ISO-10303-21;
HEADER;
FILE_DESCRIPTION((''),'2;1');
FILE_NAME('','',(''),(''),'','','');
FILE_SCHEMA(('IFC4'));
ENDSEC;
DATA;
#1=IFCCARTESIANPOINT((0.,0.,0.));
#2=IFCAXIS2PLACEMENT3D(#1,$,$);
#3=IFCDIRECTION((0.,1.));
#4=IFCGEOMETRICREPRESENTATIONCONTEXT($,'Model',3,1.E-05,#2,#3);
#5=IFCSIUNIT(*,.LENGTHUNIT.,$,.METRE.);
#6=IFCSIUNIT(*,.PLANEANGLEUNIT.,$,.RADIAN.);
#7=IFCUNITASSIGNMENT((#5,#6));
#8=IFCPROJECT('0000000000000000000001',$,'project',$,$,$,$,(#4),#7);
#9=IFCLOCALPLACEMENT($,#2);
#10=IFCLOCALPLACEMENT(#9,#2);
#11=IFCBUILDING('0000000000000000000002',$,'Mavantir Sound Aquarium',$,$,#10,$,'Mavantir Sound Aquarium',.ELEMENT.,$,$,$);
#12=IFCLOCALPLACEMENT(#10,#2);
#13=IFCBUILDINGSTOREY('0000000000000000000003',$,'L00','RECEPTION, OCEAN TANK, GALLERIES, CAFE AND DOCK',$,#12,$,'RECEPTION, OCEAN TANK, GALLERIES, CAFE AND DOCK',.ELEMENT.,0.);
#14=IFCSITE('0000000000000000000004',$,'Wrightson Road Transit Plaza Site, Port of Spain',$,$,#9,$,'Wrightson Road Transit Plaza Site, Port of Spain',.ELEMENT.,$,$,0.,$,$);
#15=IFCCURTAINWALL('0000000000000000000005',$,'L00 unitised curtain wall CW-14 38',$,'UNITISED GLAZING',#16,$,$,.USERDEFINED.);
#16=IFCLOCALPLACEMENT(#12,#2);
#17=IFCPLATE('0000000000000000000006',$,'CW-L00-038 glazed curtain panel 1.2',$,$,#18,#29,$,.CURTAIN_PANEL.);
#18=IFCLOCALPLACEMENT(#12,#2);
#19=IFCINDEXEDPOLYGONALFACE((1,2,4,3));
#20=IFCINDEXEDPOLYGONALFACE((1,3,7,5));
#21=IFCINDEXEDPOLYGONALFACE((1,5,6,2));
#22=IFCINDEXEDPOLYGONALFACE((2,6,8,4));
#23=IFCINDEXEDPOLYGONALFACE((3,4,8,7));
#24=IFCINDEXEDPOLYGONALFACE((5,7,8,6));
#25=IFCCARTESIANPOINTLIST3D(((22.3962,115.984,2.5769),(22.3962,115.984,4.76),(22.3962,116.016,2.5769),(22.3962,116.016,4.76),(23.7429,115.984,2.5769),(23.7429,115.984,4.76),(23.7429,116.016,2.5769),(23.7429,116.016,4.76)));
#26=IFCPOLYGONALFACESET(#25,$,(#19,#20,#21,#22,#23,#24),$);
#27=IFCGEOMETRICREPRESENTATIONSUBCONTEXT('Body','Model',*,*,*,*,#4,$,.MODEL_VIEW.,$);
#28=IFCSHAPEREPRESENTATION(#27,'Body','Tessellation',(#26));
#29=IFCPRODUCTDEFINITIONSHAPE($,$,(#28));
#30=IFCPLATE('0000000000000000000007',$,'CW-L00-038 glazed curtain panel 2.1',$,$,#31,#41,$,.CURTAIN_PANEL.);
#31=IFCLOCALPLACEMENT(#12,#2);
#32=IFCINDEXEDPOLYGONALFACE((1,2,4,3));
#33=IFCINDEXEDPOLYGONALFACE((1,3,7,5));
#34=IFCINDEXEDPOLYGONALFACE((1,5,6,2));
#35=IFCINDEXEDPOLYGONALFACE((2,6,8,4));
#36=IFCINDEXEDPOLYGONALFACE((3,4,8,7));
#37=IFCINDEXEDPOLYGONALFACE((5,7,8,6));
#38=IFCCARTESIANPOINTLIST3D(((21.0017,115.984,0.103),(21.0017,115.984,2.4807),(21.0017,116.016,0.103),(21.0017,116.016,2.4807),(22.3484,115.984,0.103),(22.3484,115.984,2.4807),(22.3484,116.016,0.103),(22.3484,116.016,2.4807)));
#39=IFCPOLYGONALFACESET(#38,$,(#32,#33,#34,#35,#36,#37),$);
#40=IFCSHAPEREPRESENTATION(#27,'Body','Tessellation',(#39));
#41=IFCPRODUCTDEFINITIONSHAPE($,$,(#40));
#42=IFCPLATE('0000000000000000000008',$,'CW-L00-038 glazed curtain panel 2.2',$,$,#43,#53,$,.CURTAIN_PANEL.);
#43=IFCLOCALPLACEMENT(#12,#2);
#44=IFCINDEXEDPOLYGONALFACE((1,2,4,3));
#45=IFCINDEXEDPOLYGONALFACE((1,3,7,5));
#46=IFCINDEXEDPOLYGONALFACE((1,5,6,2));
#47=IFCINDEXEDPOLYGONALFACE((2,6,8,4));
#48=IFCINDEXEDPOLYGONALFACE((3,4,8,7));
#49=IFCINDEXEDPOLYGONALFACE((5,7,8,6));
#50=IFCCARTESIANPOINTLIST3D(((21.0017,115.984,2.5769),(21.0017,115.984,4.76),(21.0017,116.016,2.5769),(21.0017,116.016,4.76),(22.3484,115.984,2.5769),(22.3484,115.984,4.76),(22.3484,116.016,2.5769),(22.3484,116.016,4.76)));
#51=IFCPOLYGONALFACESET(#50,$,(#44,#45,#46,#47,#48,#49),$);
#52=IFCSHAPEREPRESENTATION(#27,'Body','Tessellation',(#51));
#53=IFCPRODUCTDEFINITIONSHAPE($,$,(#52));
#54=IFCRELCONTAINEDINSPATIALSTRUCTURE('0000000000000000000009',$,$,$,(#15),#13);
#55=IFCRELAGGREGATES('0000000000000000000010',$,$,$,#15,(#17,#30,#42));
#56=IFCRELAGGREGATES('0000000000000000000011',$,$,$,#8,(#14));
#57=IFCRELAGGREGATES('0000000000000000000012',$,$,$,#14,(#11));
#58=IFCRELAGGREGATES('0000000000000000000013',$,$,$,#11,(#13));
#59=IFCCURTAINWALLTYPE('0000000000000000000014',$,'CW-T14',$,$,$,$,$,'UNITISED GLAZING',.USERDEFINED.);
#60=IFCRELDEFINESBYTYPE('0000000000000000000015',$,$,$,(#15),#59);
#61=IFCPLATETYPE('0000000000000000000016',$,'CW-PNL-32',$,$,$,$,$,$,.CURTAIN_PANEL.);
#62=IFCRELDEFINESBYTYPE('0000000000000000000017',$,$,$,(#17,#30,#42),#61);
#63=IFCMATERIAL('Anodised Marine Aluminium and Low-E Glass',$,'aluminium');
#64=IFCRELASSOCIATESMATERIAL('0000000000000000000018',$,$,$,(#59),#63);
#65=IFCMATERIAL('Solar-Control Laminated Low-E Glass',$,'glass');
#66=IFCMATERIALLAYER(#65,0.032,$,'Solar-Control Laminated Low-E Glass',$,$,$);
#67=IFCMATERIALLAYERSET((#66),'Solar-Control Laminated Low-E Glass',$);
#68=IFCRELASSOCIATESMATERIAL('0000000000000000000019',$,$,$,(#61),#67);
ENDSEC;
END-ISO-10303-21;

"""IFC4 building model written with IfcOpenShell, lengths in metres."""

from ifc_helpers import new_model, si_unit, direction, frame, origin, origin_2d, place, context, subcontext, project, spatial, rectangle, extrude, material, layer, layer_set, type_object, element, aggregate, save


model = new_model("IFC4")

# Units and contexts
model_context = context("Model", 3, precision=1e-05, world=origin(), true_north=direction((0.0, 1.0)))
body_context = subcontext(model_context, "Body", "Model", "MODEL_VIEW")
ifc_project = project(units=[si_unit("LENGTHUNIT", "METRE"), si_unit("PLANEANGLEUNIT", "RADIAN")], contexts=[model_context])

# Site, building, storey
site_placement = place(None, origin())
site = spatial("IfcSite", under=ifc_project, at=site_placement, Name="Wrightson Road Transit Plaza Site, Port of Spain", LongName="Wrightson Road Transit Plaza Site, Port of Spain", CompositionType="ELEMENT", RefElevation=0.0)
building_placement = place(site_placement, origin())
building = spatial("IfcBuilding", under=site, at=building_placement, Name="Mavantir Sound Aquarium", LongName="Mavantir Sound Aquarium", CompositionType="ELEMENT")
storey_placement = place(building_placement, origin())
storey = spatial("IfcBuildingStorey", under=building, at=storey_placement, Name="L00", Description="RECEPTION, OCEAN TANK, GALLERIES, CAFE AND DOCK", LongName="RECEPTION, OCEAN TANK, GALLERIES, CAFE AND DOCK", CompositionType="ELEMENT", Elevation=0.0)

# Curtain wall
ifc_material_1 = material(Name="Anodised Marine Aluminium and Low-E Glass", Category="aluminium")
curtain_wall_type_1 = type_object("IfcCurtainWallType", Name="CW-T14", ElementType="UNITISED GLAZING", PredefinedType="USERDEFINED", material=ifc_material_1)
curtain_wall_1_placement = place(storey_placement, origin())
curtain_wall_1 = element("IfcCurtainWall", 1, at=curtain_wall_1_placement, inside=storey, type_object=curtain_wall_type_1, Name="L00 unitised curtain wall CW-14 38", ObjectType="UNITISED GLAZING", PredefinedType="USERDEFINED")

# Plates
ifc_material_2 = material(Name="Solar-Control Laminated Low-E Glass", Category="glass")
ifc_layer_1 = layer(ifc_material_2, 0.032, Name="Solar-Control Laminated Low-E Glass")
ifc_layer_set_1 = layer_set([ifc_layer_1], Name="Solar-Control Laminated Low-E Glass")
plate_type_1 = type_object("IfcPlateType", Name="CW-PNL-32", PredefinedType="CURTAIN_PANEL", material=ifc_layer_set_1)
plate_1_placement = place(storey_placement, frame((23.0696, 116.0, 2.5769), z_axis=(0.0, 0.0, 1.0), x_axis=(-1.0, 0.0, 0.0)))
plate_1 = element("IfcPlate", 2, at=plate_1_placement, type_object=plate_type_1, Name="CW-L00-038 glazed curtain panel 1.2", PredefinedType="CURTAIN_PANEL", context=body_context, shape_type="SweptSolid", body=[
    extrude(rectangle(XDim=1.3467, YDim=0.032, at=origin_2d()), origin(), (0.0, 0.0, 1.0), 2.1831),
])
plate_2_placement = place(storey_placement, frame((21.675, 116.0, 0.103), z_axis=(0.0, 0.0, 1.0), x_axis=(-1.0, 0.0, 0.0)))
plate_2 = element("IfcPlate", 3, at=plate_2_placement, type_object=plate_type_1, Name="CW-L00-038 glazed curtain panel 2.1", PredefinedType="CURTAIN_PANEL", context=body_context, shape_type="SweptSolid", body=[
    extrude(rectangle(XDim=1.3467, YDim=0.032, at=origin_2d()), origin(), (0.0, 0.0, 1.0), 2.3777),
])
plate_3_placement = place(storey_placement, frame((21.675, 116.0, 2.5769), z_axis=(0.0, 0.0, 1.0), x_axis=(-1.0, 0.0, 0.0)))
plate_3 = element("IfcPlate", 4, at=plate_3_placement, type_object=plate_type_1, Name="CW-L00-038 glazed curtain panel 2.2", PredefinedType="CURTAIN_PANEL", context=body_context, shape_type="SweptSolid", body=[
    extrude(rectangle(XDim=1.3467, YDim=0.032, at=origin_2d()), origin(), (0.0, 0.0, 1.0), 2.1831),
])
aggregate(curtain_wall_1, [plate_1, plate_2, plate_3])

save(model, "model.ifc")
